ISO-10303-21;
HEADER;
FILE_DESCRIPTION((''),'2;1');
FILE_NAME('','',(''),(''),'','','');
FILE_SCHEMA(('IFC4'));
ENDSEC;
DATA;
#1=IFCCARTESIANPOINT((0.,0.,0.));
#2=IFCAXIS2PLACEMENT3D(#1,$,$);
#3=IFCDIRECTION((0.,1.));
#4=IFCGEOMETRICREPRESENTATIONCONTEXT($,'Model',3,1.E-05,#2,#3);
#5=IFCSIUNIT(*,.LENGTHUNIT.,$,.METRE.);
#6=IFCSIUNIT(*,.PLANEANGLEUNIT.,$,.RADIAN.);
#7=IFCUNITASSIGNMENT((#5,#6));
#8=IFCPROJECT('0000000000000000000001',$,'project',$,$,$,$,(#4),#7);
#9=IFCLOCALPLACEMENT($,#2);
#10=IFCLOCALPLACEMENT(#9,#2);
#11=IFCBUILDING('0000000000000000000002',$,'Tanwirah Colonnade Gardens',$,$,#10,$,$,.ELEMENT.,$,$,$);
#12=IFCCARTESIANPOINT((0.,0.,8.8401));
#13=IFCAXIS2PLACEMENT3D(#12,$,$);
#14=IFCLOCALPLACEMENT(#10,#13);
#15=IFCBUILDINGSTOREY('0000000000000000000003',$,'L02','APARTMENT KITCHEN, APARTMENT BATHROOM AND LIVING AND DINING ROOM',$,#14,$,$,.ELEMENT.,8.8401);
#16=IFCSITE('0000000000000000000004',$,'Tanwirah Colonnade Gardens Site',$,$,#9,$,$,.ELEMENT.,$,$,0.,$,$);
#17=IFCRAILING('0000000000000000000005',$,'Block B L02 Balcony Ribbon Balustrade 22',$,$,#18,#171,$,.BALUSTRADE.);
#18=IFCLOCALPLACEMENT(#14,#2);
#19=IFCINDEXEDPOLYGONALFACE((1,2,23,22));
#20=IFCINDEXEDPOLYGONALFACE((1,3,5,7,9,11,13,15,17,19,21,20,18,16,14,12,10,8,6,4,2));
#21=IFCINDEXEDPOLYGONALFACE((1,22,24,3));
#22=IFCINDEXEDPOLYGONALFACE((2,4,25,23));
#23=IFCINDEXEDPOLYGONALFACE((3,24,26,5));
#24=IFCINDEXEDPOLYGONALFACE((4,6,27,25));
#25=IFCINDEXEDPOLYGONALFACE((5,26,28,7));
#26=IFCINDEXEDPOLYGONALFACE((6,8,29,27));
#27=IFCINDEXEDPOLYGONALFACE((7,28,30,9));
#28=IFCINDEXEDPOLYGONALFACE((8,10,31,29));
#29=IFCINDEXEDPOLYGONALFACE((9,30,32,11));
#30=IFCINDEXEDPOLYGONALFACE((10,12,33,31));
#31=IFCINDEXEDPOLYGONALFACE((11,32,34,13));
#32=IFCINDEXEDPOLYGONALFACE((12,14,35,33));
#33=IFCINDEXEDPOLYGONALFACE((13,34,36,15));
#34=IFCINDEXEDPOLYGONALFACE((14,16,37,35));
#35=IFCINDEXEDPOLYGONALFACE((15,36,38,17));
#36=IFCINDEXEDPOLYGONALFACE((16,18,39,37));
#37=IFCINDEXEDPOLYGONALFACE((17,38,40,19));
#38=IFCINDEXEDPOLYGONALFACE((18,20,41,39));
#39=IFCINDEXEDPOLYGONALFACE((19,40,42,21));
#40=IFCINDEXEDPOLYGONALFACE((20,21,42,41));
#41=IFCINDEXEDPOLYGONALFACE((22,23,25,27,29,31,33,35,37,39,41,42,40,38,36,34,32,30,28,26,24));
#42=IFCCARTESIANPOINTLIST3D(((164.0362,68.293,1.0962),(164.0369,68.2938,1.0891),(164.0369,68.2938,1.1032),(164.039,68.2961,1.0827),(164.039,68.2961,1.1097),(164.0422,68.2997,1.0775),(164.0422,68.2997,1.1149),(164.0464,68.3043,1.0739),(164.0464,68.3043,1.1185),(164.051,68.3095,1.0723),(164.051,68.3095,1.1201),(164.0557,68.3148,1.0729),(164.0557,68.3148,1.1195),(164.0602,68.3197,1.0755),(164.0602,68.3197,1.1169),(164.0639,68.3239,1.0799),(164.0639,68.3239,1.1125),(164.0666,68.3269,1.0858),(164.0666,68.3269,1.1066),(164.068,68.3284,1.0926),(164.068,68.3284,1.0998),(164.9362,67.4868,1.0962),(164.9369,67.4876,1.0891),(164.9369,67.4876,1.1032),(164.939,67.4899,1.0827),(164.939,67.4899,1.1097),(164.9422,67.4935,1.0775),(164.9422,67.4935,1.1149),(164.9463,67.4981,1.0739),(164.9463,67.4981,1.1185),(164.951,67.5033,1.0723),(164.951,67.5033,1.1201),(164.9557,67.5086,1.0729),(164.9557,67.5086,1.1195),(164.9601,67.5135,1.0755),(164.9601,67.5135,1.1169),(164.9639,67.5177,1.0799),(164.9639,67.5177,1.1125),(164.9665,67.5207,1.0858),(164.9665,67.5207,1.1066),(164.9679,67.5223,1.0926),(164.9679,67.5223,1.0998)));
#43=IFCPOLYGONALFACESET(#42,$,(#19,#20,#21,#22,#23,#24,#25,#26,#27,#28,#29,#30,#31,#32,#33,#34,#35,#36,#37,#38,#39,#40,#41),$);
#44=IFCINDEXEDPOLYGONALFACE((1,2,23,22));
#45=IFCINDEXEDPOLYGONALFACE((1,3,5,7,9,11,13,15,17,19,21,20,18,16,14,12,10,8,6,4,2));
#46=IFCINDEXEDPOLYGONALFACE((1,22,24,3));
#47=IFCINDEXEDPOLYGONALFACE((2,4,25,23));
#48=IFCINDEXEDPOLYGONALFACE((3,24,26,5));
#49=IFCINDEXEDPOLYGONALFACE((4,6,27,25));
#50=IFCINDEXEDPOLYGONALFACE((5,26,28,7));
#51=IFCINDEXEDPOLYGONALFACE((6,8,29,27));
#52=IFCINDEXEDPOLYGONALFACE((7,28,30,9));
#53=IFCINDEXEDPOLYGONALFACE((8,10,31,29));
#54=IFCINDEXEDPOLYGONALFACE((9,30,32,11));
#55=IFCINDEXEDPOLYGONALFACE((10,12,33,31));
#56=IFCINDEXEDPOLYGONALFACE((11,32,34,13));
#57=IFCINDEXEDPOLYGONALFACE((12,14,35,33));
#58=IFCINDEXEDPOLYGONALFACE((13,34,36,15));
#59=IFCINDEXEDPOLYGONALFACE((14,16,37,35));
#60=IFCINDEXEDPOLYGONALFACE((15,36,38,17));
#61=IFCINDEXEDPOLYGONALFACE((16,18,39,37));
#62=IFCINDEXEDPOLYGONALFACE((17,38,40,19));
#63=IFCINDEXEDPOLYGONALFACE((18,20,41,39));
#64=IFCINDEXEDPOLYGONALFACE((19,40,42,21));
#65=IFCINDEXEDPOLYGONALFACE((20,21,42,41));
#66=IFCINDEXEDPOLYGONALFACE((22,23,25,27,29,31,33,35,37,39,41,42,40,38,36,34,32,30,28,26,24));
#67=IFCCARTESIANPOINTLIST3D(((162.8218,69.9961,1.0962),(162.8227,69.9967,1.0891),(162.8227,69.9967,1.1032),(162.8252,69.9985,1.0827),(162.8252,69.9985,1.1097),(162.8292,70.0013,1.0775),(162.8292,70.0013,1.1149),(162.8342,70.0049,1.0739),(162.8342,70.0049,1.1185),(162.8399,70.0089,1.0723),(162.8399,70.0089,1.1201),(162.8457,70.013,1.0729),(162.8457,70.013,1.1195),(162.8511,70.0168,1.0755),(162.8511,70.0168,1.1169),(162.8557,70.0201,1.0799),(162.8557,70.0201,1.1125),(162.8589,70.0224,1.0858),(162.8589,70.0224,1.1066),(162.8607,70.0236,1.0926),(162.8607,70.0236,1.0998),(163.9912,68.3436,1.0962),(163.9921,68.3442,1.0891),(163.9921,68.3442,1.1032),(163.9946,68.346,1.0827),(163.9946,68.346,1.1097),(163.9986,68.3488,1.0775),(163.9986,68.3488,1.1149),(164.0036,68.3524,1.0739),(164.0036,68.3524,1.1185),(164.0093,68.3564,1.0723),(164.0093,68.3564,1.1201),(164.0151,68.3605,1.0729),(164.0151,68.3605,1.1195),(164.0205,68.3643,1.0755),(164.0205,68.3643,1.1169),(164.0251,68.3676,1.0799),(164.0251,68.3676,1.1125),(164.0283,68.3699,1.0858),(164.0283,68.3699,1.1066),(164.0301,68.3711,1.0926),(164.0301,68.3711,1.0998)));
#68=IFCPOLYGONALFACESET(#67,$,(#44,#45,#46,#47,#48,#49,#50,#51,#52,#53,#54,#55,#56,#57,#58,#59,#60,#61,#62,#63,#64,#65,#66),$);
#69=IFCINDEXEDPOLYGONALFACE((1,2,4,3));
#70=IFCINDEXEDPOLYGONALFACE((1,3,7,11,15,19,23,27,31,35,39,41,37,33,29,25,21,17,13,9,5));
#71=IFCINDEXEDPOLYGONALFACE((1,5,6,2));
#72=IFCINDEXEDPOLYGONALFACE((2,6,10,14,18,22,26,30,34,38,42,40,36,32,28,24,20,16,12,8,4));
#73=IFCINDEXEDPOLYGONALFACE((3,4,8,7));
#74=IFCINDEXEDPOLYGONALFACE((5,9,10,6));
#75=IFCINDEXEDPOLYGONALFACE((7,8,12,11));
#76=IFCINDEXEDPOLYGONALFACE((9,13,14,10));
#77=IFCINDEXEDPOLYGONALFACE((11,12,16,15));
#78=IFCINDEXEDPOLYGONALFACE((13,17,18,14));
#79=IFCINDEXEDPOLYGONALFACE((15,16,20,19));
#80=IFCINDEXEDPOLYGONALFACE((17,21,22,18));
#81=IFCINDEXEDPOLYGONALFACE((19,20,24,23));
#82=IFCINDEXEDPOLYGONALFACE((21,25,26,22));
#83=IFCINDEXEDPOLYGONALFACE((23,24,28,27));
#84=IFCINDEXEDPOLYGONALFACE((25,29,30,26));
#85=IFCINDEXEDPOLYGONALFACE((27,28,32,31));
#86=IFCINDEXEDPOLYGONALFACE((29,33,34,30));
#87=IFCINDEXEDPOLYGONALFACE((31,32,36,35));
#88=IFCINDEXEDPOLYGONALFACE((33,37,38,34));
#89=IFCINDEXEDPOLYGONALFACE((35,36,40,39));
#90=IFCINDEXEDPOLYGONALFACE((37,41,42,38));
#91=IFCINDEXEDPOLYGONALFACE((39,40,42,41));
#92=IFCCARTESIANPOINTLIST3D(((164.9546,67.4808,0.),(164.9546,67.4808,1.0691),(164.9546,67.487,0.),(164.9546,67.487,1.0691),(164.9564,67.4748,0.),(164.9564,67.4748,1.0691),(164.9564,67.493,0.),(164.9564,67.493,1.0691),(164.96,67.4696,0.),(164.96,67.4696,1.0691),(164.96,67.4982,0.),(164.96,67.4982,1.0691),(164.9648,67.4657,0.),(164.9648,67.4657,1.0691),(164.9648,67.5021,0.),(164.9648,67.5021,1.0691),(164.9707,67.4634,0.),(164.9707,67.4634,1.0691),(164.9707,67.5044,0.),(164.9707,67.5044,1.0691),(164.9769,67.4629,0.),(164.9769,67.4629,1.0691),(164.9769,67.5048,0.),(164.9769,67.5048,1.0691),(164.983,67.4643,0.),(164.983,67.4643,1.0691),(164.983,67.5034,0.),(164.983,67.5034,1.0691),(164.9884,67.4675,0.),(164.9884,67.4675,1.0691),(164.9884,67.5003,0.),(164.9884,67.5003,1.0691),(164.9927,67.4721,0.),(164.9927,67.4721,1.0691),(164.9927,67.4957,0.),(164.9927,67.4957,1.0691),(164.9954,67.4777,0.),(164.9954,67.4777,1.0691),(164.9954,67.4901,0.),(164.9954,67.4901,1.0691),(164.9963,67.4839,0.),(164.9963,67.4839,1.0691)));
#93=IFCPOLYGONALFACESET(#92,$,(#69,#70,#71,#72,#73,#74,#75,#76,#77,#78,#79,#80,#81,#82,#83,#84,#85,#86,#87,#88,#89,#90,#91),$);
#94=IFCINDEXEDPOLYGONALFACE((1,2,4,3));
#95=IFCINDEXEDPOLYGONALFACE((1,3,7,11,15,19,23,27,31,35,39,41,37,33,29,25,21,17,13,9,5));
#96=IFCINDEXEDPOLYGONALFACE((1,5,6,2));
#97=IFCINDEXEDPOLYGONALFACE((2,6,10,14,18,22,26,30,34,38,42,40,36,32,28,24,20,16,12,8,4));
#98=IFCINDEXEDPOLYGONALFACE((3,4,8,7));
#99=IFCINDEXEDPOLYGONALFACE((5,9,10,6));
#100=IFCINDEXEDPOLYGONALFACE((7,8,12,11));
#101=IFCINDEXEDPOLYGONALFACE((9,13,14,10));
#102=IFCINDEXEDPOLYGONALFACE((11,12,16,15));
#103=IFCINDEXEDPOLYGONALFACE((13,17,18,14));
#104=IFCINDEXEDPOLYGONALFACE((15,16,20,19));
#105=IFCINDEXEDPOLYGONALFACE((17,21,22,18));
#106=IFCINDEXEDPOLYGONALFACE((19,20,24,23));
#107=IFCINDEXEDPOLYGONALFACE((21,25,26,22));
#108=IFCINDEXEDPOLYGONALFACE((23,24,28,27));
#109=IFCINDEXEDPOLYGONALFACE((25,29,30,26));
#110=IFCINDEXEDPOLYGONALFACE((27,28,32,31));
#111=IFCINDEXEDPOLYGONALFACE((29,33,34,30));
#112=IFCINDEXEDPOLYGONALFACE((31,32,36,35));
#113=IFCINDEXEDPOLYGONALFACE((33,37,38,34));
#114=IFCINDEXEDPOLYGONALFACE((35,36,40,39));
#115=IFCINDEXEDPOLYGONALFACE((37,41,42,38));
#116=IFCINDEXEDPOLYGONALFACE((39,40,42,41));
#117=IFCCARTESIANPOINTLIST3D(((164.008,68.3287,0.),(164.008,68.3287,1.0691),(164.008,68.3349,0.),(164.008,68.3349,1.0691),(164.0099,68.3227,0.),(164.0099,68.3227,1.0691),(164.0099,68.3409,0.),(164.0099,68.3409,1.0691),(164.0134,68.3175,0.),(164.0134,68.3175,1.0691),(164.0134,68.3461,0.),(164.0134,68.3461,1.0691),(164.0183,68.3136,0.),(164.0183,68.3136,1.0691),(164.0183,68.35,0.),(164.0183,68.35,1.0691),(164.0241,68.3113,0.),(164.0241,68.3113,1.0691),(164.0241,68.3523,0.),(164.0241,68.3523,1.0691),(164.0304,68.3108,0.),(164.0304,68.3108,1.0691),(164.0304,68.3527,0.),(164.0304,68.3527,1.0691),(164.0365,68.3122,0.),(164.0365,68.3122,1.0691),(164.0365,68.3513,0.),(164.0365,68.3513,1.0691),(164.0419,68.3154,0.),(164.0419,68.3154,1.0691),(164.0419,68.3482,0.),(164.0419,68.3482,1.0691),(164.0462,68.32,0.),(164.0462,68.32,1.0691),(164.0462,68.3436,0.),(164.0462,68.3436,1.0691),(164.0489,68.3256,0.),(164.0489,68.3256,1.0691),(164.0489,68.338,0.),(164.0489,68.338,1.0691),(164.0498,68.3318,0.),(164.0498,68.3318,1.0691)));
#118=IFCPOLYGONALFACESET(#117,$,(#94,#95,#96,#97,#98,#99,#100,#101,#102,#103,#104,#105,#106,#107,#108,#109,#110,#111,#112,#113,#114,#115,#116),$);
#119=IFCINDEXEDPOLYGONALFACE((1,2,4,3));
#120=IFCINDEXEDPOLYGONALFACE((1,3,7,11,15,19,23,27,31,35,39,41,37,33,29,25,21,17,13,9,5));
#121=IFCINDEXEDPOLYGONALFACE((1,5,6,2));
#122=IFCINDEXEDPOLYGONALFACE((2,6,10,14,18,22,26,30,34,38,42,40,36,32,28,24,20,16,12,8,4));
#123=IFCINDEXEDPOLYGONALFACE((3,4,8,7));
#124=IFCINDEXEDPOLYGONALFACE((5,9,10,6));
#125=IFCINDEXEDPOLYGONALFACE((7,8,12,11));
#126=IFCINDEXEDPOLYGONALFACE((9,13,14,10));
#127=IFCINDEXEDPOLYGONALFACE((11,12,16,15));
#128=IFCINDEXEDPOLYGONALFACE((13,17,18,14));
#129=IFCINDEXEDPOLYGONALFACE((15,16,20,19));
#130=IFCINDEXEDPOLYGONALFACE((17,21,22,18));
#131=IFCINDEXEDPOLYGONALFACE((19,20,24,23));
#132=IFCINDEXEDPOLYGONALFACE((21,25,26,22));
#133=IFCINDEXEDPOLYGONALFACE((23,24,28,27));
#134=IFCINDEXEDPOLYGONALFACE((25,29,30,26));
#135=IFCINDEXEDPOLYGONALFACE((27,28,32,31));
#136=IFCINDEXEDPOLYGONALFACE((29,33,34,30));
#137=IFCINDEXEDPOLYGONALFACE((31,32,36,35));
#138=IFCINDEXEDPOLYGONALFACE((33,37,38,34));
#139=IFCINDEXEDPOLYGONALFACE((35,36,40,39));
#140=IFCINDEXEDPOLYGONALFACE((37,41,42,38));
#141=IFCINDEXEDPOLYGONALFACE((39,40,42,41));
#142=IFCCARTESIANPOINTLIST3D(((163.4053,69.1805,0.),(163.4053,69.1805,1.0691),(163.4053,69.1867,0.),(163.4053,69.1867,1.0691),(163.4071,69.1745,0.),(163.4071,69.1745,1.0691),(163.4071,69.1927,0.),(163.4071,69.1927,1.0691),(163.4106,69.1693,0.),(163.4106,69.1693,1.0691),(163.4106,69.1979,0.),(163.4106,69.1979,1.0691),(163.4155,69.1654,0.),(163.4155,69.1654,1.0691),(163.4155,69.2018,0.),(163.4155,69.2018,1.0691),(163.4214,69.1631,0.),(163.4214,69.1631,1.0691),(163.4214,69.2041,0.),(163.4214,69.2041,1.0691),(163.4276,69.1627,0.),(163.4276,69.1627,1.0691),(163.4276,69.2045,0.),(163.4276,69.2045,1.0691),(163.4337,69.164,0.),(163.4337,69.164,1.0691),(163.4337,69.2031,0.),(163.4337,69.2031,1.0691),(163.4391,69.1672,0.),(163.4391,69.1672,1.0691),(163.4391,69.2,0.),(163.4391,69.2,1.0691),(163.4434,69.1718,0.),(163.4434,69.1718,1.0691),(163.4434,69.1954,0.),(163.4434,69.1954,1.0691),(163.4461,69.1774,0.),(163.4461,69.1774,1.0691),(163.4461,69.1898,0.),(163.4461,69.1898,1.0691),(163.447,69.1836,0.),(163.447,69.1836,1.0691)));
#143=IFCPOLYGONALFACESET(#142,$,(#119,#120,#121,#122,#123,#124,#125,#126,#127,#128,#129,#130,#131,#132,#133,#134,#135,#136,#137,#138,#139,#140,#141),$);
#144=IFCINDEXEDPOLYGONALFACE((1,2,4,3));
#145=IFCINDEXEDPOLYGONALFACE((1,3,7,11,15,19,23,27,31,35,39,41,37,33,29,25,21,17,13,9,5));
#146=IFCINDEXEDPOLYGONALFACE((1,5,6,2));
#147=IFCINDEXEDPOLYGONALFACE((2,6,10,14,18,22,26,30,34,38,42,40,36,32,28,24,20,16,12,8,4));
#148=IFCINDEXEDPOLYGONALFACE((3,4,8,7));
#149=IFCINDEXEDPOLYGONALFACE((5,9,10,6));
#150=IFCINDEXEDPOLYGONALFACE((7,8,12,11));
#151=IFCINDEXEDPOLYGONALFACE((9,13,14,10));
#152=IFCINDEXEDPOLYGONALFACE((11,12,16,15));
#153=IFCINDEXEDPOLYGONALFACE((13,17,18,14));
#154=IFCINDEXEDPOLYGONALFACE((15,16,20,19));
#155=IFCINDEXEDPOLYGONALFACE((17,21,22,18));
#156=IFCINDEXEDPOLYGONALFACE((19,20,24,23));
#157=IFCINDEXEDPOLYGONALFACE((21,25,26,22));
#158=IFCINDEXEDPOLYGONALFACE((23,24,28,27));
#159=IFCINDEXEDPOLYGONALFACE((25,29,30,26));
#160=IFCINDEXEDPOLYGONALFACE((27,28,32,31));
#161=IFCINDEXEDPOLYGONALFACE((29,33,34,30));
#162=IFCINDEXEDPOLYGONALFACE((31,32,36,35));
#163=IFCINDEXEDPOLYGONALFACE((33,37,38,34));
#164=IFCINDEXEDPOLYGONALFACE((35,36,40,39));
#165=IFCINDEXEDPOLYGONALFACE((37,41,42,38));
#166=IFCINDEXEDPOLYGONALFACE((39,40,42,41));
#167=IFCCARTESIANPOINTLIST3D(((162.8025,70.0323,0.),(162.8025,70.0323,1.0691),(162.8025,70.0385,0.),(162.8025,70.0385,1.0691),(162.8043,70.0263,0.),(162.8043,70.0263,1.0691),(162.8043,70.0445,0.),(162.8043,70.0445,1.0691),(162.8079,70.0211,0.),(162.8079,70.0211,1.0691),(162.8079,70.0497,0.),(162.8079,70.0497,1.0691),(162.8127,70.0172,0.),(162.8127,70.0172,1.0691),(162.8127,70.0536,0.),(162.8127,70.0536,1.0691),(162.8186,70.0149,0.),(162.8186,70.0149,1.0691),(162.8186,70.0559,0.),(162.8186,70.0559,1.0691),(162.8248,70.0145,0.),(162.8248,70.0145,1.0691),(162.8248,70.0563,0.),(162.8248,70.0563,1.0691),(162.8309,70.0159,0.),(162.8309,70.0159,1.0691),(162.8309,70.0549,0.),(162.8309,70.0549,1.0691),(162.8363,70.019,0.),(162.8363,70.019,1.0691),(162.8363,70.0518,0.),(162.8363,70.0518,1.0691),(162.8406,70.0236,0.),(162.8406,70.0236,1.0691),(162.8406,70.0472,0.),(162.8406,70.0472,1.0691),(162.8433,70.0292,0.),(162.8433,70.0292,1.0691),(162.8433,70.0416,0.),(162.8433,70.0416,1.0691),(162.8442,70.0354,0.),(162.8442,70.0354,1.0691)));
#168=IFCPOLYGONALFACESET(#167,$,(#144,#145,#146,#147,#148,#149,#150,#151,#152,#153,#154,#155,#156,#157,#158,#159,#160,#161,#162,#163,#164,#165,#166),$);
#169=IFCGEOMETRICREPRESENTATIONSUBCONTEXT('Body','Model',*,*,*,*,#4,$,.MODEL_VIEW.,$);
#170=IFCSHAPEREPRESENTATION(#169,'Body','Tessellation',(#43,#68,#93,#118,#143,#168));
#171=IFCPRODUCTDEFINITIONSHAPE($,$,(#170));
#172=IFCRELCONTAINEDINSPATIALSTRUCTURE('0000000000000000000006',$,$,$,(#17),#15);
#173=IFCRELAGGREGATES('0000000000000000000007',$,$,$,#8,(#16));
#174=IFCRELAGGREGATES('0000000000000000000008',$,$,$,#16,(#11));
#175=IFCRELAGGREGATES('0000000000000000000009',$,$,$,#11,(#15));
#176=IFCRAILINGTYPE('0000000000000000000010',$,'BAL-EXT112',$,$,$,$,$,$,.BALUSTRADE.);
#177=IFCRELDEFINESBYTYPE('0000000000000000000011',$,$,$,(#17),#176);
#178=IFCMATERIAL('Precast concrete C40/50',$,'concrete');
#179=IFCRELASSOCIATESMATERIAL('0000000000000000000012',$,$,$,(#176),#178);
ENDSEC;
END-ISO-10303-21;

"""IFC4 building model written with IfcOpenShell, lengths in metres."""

from ifc_helpers import new_model, si_unit, direction, frame, origin, origin_2d, place, context, subcontext, project, spatial, circle, extrude, material, type_object, element, save


model = new_model("IFC4")

# Units and contexts
model_context = context("Model", 3, precision=1e-05, world=origin(), true_north=direction((0.0, 1.0)))
body_context = subcontext(model_context, "Body", "Model", "MODEL_VIEW")
ifc_project = project(units=[si_unit("LENGTHUNIT", "METRE"), si_unit("PLANEANGLEUNIT", "RADIAN")], contexts=[model_context])

# Site, building, storey
site_placement = place(None, origin())
site = spatial("IfcSite", under=ifc_project, at=site_placement, Name="Tanwirah Colonnade Gardens Site", CompositionType="ELEMENT", RefElevation=0.0)
building_placement = place(site_placement, origin())
building = spatial("IfcBuilding", under=site, at=building_placement, Name="Tanwirah Colonnade Gardens", CompositionType="ELEMENT")
storey_placement = place(building_placement, frame((0.0, 0.0, 8.8401)))
storey = spatial("IfcBuildingStorey", under=building, at=storey_placement, Name="L02", Description="APARTMENT KITCHEN, APARTMENT BATHROOM AND LIVING AND DINING ROOM", CompositionType="ELEMENT", Elevation=8.8401)

# Shared definitions
ifc_material_1 = material(Name="Precast concrete C40/50", Category="concrete")

# Railing
railing_type = type_object("IfcRailingType", Name="BAL-EXT112", PredefinedType="BALUSTRADE", material=ifc_material_1)
railing_1_placement = place(storey_placement, frame((164.9753, 67.4839, 0.0)))
element("IfcRailing", 1, at=railing_1_placement, inside=storey, type_object=railing_type, Name="Block B L02 Balcony Ribbon Balustrade 22", PredefinedType="BALUSTRADE", context=body_context, shape_type="SweptSolid", body=[
    extrude(circle(Radius=0.0239, at=origin_2d()), frame((-0.0232, 0.0208, 1.0962), z_axis=(-0.744849, 0.667233, 0.0), x_axis=(-0.667233, -0.744849, 0.0)), (0.0, 0.0, 1.0), 1.2083),
    extrude(circle(Radius=0.0239, at=origin_2d()), frame((-0.9646, 0.8735, 1.0962), z_axis=(-0.577647, 0.816286, 0.0), x_axis=(-0.816286, -0.577647, 0.0)), (0.0, 0.0, 1.0), 2.0244),
    extrude(circle(Radius=0.021, at=origin_2d()), origin(), (0.0, 0.0, 1.0), 1.0691),
    extrude(circle(Radius=0.021, at=origin_2d()), frame((-0.9465, 0.8479, 0.0)), (0.0, 0.0, 1.0), 1.0691),
    extrude(circle(Radius=0.021, at=origin_2d()), frame((-1.5493, 1.6997, 0.0)), (0.0, 0.0, 1.0), 1.0691),
    extrude(circle(Radius=0.021, at=origin_2d()), frame((-2.1521, 2.5515, 0.0)), (0.0, 0.0, 1.0), 1.0691),
])

save(model, "model.ifc")
